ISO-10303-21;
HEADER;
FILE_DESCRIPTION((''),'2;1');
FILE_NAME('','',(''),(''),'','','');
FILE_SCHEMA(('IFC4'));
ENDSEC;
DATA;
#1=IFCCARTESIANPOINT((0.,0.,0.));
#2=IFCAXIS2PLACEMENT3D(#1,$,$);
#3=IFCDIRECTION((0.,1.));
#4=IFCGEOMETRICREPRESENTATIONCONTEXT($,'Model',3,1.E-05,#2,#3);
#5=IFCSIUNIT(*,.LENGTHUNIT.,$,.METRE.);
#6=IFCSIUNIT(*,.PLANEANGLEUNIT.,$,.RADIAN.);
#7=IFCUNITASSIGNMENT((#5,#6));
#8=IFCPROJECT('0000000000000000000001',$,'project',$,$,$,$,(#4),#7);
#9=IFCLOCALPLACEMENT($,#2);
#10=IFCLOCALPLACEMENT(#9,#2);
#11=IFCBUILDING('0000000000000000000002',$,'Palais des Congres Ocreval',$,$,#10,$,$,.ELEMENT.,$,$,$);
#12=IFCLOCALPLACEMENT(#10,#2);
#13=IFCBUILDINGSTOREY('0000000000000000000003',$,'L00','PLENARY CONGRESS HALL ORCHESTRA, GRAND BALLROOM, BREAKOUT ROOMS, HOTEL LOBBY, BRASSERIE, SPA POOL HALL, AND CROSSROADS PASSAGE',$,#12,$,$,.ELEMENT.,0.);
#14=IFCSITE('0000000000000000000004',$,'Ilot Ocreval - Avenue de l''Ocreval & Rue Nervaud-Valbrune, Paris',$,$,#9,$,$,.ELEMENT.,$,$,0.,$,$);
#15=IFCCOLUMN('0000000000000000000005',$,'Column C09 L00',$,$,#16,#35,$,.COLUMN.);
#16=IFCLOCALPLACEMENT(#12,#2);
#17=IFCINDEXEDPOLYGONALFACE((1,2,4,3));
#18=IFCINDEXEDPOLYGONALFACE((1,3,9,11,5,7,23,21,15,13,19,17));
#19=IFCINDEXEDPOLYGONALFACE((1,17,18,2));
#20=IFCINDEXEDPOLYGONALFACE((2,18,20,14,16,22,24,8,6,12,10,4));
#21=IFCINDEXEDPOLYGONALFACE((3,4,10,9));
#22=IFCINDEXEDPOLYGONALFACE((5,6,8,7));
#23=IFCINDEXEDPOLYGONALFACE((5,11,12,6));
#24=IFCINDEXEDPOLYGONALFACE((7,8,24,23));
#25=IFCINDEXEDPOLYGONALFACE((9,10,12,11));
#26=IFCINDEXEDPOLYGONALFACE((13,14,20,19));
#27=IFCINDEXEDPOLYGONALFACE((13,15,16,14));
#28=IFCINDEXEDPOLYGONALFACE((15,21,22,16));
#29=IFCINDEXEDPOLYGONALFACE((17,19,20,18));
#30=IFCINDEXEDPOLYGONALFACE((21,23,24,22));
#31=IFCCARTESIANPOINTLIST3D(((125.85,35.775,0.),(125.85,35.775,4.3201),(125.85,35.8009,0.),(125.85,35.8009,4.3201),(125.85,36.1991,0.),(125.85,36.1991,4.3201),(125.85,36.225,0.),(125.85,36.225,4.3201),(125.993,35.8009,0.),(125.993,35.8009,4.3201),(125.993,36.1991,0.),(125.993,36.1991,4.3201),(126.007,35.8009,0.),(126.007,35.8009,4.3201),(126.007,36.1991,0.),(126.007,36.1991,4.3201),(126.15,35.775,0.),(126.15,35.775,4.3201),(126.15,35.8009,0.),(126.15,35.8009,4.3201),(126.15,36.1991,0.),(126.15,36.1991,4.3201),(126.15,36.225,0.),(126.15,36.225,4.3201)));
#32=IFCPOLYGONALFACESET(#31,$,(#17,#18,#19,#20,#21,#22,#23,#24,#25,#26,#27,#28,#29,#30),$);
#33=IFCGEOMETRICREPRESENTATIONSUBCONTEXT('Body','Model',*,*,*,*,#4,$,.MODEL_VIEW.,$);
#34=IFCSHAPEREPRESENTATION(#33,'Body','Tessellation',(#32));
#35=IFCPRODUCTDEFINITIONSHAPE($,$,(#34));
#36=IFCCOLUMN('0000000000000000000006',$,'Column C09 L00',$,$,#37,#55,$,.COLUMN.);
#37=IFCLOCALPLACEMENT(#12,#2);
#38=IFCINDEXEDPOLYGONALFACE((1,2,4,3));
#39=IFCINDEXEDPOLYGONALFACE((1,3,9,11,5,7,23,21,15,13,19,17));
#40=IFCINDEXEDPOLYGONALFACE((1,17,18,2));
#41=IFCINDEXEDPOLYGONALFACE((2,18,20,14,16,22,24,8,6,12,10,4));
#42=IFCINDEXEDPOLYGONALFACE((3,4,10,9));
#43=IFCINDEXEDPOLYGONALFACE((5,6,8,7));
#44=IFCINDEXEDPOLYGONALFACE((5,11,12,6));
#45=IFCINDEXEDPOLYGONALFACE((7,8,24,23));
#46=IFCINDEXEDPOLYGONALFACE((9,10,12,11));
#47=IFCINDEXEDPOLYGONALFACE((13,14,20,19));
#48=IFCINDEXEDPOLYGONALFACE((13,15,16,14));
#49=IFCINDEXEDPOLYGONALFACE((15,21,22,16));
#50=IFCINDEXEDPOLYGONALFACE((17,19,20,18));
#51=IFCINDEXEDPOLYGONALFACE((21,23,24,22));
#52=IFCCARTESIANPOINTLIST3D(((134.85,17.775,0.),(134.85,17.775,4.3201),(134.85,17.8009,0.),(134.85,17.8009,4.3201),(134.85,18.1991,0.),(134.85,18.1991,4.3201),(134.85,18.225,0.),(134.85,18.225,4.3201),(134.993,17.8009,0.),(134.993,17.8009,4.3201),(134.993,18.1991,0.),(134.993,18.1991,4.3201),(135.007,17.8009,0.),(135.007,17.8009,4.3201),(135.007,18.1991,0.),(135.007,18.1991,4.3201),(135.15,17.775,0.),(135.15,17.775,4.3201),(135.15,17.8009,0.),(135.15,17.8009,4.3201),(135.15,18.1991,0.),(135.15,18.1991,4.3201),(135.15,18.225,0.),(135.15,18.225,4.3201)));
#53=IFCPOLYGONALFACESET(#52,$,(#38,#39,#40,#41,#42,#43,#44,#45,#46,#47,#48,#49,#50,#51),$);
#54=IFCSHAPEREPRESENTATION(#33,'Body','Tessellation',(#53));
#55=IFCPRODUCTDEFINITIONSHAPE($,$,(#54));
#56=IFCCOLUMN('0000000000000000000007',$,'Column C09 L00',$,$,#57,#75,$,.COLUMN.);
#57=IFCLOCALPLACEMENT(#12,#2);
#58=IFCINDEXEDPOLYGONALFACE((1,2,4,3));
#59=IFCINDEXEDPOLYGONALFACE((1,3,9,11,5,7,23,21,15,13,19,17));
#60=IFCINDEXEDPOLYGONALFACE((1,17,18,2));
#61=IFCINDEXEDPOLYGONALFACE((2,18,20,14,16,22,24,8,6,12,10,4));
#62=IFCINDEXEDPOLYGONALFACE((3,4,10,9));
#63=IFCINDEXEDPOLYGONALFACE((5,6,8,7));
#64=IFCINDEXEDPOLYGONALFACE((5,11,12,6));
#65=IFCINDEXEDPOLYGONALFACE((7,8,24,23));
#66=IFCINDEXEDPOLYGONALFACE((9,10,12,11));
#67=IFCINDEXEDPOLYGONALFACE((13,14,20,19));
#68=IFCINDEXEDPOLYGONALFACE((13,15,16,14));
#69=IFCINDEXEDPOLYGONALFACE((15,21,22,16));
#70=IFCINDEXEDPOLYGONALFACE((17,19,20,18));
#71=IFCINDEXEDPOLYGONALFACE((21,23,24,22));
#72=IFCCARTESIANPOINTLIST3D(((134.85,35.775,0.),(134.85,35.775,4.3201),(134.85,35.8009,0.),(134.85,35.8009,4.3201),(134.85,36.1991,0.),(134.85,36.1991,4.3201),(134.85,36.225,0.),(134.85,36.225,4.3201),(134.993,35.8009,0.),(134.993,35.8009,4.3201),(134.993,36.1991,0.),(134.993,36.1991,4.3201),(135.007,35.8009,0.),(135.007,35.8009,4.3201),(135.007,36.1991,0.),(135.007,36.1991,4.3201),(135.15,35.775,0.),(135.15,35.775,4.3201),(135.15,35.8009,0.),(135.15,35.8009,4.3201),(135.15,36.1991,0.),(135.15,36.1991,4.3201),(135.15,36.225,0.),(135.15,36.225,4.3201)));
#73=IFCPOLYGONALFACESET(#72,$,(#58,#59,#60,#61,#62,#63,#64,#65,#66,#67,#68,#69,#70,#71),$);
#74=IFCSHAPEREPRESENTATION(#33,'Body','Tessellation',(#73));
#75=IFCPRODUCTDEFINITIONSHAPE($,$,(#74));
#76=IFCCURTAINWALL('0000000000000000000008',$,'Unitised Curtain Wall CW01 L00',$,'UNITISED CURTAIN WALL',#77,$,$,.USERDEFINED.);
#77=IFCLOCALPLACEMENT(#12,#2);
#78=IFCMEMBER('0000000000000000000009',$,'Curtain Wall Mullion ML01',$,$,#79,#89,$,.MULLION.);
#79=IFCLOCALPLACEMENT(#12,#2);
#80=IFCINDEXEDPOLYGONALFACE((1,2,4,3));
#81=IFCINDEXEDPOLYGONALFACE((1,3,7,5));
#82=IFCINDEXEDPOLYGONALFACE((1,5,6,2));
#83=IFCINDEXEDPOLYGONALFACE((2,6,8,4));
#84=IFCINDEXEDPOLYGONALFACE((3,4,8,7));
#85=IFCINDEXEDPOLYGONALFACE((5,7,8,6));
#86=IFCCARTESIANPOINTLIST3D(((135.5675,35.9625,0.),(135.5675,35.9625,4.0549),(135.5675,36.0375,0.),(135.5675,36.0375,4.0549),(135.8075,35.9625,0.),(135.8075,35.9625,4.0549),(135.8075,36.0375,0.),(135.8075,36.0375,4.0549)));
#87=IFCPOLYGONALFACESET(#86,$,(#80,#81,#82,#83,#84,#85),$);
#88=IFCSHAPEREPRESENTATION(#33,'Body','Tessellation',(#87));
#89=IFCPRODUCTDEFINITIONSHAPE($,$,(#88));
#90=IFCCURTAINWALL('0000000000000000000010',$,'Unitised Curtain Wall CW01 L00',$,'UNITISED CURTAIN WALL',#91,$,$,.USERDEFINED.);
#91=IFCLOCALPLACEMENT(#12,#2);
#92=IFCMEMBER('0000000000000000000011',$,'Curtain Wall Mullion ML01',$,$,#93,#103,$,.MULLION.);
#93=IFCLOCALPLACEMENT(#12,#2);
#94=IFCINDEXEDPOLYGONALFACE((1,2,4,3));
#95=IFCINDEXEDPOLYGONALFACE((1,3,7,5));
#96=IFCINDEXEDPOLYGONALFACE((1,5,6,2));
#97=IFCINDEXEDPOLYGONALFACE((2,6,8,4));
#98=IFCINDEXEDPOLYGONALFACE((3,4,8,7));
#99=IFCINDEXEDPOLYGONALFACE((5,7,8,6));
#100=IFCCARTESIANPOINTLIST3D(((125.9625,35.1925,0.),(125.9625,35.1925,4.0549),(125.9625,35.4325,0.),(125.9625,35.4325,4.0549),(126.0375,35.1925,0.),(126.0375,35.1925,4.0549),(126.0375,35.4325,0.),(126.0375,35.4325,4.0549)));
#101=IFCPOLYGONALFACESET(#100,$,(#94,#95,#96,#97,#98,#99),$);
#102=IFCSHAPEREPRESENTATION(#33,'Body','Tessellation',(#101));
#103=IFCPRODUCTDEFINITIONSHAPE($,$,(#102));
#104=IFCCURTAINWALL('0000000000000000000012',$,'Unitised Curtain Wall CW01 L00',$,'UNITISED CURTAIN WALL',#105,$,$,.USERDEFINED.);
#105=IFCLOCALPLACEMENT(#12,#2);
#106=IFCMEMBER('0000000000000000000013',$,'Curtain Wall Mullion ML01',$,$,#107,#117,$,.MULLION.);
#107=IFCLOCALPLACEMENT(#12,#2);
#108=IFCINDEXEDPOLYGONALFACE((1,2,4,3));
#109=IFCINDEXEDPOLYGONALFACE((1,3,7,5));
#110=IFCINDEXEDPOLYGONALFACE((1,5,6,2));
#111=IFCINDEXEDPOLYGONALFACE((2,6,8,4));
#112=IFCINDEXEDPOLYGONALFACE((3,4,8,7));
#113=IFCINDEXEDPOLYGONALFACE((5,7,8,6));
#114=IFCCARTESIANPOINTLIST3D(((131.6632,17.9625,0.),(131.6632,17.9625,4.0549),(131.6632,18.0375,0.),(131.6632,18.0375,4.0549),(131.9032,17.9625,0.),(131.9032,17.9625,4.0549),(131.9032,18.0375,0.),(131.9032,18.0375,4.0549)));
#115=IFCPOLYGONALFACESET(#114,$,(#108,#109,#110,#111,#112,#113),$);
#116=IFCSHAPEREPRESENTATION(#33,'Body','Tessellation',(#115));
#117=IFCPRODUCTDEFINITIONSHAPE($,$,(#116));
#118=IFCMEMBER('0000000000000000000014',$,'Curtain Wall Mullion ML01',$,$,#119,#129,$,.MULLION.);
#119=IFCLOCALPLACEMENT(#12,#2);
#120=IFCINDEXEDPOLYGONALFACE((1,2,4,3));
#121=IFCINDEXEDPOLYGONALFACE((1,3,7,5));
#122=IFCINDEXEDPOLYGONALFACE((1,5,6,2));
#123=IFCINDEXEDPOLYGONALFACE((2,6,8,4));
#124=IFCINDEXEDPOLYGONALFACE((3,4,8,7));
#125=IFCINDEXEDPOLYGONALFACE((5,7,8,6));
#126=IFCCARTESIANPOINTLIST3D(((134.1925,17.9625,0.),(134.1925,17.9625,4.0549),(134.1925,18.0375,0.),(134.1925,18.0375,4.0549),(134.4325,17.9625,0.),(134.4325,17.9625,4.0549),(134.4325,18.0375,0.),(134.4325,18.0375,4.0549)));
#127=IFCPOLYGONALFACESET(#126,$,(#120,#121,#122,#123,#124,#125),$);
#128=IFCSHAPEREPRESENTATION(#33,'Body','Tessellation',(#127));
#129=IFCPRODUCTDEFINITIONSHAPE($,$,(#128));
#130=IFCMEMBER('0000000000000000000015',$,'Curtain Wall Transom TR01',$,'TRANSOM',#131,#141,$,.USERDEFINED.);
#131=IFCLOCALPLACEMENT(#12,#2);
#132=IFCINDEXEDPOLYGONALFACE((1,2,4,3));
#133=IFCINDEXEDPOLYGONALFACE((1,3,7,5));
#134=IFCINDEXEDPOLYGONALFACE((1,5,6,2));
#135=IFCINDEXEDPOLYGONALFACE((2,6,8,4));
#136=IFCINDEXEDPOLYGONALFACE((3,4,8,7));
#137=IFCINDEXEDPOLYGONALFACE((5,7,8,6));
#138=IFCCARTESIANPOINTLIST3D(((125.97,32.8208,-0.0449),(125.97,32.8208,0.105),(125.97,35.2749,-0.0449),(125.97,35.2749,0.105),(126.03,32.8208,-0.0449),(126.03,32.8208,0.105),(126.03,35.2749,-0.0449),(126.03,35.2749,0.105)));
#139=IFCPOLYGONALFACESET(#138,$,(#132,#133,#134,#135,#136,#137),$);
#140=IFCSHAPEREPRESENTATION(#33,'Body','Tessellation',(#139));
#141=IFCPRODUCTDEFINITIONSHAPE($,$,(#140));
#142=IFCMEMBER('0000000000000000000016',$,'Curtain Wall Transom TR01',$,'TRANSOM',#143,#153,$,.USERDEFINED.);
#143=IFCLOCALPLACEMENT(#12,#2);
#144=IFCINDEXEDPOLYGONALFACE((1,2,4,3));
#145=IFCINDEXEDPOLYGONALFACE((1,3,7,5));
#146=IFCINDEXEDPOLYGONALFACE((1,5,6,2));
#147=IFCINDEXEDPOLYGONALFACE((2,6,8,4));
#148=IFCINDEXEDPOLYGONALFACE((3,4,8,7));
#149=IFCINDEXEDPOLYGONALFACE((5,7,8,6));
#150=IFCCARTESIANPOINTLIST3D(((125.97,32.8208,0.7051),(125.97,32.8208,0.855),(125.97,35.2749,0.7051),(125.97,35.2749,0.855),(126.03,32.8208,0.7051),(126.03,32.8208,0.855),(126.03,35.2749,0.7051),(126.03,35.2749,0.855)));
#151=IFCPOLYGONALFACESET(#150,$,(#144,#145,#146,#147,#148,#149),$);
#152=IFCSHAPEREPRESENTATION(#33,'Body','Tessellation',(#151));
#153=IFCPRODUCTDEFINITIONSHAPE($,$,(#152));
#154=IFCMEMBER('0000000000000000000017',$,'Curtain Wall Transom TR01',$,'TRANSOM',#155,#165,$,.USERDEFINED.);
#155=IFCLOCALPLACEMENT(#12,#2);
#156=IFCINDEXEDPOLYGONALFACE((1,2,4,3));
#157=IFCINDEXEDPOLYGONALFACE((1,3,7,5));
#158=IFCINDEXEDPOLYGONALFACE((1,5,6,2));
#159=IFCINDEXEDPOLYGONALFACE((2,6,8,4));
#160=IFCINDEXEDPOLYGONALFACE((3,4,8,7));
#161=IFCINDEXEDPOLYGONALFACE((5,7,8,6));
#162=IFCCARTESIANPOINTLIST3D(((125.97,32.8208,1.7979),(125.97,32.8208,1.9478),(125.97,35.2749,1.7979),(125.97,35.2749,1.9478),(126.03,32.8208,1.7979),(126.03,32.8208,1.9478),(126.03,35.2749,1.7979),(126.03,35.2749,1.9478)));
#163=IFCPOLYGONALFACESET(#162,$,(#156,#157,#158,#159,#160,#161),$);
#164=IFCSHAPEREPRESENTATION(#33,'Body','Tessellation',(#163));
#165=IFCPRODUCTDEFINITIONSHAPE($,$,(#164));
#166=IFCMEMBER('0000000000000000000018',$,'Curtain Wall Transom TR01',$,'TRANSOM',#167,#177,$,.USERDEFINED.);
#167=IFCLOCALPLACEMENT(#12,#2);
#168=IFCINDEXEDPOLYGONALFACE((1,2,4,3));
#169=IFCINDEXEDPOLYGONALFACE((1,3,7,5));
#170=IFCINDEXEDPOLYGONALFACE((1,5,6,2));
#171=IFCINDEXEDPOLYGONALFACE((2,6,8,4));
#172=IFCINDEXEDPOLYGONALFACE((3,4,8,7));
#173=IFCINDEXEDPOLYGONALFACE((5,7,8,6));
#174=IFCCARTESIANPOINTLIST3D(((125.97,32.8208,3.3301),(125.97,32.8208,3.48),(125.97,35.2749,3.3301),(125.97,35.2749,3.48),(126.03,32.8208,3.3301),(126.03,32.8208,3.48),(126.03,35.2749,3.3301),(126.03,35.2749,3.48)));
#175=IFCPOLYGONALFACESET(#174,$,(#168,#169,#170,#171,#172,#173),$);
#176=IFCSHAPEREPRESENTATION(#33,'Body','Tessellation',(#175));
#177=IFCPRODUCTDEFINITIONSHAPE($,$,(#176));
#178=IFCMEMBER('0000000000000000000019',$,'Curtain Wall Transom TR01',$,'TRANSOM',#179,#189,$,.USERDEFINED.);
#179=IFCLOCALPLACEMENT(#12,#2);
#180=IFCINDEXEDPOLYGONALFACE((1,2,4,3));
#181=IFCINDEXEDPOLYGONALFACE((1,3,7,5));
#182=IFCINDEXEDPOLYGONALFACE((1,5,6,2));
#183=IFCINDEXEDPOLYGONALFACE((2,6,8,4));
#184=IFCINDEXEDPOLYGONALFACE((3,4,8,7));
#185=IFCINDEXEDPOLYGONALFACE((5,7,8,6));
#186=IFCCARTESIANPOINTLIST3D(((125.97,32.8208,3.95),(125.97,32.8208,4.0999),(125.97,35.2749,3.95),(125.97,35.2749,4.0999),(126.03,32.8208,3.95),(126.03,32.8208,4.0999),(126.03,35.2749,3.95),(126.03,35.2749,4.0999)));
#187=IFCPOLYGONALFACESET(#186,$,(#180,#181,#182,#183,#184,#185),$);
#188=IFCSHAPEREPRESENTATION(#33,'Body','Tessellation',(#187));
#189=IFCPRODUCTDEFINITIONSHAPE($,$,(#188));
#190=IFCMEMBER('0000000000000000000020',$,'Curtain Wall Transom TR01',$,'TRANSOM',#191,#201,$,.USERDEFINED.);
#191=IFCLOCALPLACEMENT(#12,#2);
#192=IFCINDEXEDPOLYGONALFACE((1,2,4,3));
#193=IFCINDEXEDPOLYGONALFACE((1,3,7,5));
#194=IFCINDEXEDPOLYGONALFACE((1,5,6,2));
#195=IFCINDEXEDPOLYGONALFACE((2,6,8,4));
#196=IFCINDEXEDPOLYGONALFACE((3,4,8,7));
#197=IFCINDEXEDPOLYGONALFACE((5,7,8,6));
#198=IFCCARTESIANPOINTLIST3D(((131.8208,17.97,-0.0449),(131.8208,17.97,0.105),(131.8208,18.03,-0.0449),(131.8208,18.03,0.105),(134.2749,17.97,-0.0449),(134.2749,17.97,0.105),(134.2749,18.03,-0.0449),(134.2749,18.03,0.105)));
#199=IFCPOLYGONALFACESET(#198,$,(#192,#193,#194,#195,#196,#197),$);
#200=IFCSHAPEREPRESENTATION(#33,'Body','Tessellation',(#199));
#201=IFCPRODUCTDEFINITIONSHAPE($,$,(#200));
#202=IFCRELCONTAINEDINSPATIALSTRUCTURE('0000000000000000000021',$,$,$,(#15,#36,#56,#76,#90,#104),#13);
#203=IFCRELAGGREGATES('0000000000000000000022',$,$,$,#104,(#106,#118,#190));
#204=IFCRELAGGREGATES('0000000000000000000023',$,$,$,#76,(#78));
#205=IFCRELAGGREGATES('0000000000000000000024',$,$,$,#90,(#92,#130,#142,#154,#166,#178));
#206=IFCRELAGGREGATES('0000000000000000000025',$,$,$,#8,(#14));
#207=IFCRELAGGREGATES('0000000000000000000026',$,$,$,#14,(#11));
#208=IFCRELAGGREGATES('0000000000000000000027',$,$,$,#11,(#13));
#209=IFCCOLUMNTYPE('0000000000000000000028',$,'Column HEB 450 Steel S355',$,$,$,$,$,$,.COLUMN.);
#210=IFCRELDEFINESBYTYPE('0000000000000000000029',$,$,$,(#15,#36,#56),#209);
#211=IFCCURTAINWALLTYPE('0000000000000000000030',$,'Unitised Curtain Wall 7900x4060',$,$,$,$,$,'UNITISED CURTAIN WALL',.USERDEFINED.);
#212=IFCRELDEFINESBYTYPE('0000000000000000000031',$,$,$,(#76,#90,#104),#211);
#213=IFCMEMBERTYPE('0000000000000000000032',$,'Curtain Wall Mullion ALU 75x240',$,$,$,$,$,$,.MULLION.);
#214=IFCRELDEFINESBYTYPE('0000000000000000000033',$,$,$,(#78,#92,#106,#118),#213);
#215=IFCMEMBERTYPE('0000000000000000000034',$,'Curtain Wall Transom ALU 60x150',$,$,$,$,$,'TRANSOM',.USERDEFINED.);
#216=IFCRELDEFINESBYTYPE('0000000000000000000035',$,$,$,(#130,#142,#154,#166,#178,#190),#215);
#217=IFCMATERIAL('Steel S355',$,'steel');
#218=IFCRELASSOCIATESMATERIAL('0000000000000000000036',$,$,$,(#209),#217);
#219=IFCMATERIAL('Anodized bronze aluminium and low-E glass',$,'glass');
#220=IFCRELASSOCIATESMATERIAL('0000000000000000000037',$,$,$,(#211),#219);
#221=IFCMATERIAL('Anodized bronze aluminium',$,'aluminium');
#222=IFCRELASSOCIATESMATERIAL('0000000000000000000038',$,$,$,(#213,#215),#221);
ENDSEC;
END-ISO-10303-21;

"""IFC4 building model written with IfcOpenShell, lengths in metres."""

from ifc_helpers import new_model, si_unit, direction, frame, origin, origin_2d, place, context, subcontext, project, spatial, rectangle, i_section, extrude, material, material_profile, profile_set, type_object, element, aggregate, save


model = new_model("IFC4")

# Units and contexts
model_context = context("Model", 3, precision=1e-05, world=origin(), true_north=direction((0.0, 1.0)))
body_context = subcontext(model_context, "Body", "Model", "MODEL_VIEW")
ifc_project = project(units=[si_unit("LENGTHUNIT", "METRE"), si_unit("PLANEANGLEUNIT", "RADIAN")], contexts=[model_context])

# Site, building, storey
site_placement = place(None, origin())
site = spatial("IfcSite", under=ifc_project, at=site_placement, Name="Ilot Ocreval - Avenue de l'Ocreval & Rue Nervaud-Valbrune, Paris", CompositionType="ELEMENT", RefElevation=0.0)
building_placement = place(site_placement, origin())
building = spatial("IfcBuilding", under=site, at=building_placement, Name="Palais des Congres Ocreval", CompositionType="ELEMENT")
storey_placement = place(building_placement, origin())
storey = spatial("IfcBuildingStorey", under=building, at=storey_placement, Name="L00", Description="PLENARY CONGRESS HALL ORCHESTRA, GRAND BALLROOM, BREAKOUT ROOMS, HOTEL LOBBY, BRASSERIE, SPA POOL HALL, AND CROSSROADS PASSAGE", CompositionType="ELEMENT", Elevation=0.0)

# Columns
ifc_material_1 = material(Name="Steel S355", Category="steel")
ifc_material_profile_1 = material_profile(ifc_material_1, i_section(OverallWidth=0.3, OverallDepth=0.45, WebThickness=0.0139, FlangeThickness=0.0259, at=origin_2d()), Name="HEB 450")
ifc_profile_set_1 = profile_set([ifc_material_profile_1], Name="Steel S355")
column_type = type_object("IfcColumnType", Name="Column HEB 450 Steel S355", PredefinedType="COLUMN", material=ifc_profile_set_1)
for number, where, z_axis, x_axis, name in (
    (1, (126.0, 36.0, 0.0), (0.0, 0.0, 1.0), (1.0, 0.0, 0.0), "Column C09 L00"),
    (2, (135.0, 18.0, 0.0), (0.0, 0.0, 1.0), (1.0, 0.0, 0.0), "Column C09 L00"),
    (3, (135.0, 36.0, 0.0), (0.0, 0.0, 1.0), (1.0, 0.0, 0.0), "Column C09 L00"),
):
    element("IfcColumn", number, at=place(storey_placement, frame(where, z_axis=z_axis, x_axis=x_axis)), inside=storey, type_object=column_type, Name=name, PredefinedType="COLUMN", context=body_context, shape_type="SweptSolid", body=[
        extrude(i_section(OverallWidth=0.3, OverallDepth=0.45, WebThickness=0.0139, FlangeThickness=0.0259, at=origin_2d()), origin(), (0.0, 0.0, 1.0), 4.3201),
    ])

# Curtain walls, members
ifc_material_2 = material(Name="Anodized bronze aluminium and low-E glass", Category="glass")
curtain_wall_type = type_object("IfcCurtainWallType", Name="Unitised Curtain Wall 7900x4060", ElementType="UNITISED CURTAIN WALL", PredefinedType="USERDEFINED", material=ifc_material_2)
curtain_wall_1_placement = place(storey_placement, origin())
curtain_wall_1 = element("IfcCurtainWall", 4, at=curtain_wall_1_placement, inside=storey, type_object=curtain_wall_type, Name="Unitised Curtain Wall CW01 L00", ObjectType="UNITISED CURTAIN WALL", PredefinedType="USERDEFINED")
ifc_material_3 = material(Name="Anodized bronze aluminium", Category="aluminium")
ifc_material_profile_2 = material_profile(ifc_material_3, rectangle(XDim=0.075, YDim=0.24, at=origin_2d()), Name="ALU 75x240")
ifc_profile_set_2 = profile_set([ifc_material_profile_2], Name="Anodized bronze aluminium")
member_type_1 = type_object("IfcMemberType", Name="Curtain Wall Mullion ALU 75x240", PredefinedType="MULLION", material=ifc_profile_set_2)
member_1_placement = place(storey_placement, frame((135.6875, 36.0, 0.0), z_axis=(0.0, 0.0, 1.0), x_axis=(0.0, -1.0, 0.0)))
member_1 = element("IfcMember", 5, at=member_1_placement, type_object=member_type_1, Name="Curtain Wall Mullion ML01", PredefinedType="MULLION", context=body_context, shape_type="SweptSolid", body=[
    extrude(rectangle(XDim=0.075, YDim=0.24, at=origin_2d()), origin(), (0.0, 0.0, 1.0), 4.0549),
])
curtain_wall_2_placement = place(storey_placement, origin())
curtain_wall_2 = element("IfcCurtainWall", 6, at=curtain_wall_2_placement, inside=storey, type_object=curtain_wall_type, Name="Unitised Curtain Wall CW01 L00", ObjectType="UNITISED CURTAIN WALL", PredefinedType="USERDEFINED")
member_2_placement = place(storey_placement, frame((126.0, 35.3125, 0.0), z_axis=(0.0, 0.0, 1.0), x_axis=(1.0, 0.0, 0.0)))
member_2 = element("IfcMember", 7, at=member_2_placement, type_object=member_type_1, Name="Curtain Wall Mullion ML01", PredefinedType="MULLION", context=body_context, shape_type="SweptSolid", body=[
    extrude(rectangle(XDim=0.075, YDim=0.24, at=origin_2d()), origin(), (0.0, 0.0, 1.0), 4.0549),
])

# Curtain wall, members
curtain_wall_3_placement = place(storey_placement, origin())
curtain_wall_3 = element("IfcCurtainWall", 8, at=curtain_wall_3_placement, inside=storey, type_object=curtain_wall_type, Name="Unitised Curtain Wall CW01 L00", ObjectType="UNITISED CURTAIN WALL", PredefinedType="USERDEFINED")
member_3_placement = place(storey_placement, frame((131.7832, 18.0, 0.0), z_axis=(0.0, 0.0, 1.0), x_axis=(0.0, 1.0, 0.0)))
member_3 = element("IfcMember", 9, at=member_3_placement, type_object=member_type_1, Name="Curtain Wall Mullion ML01", PredefinedType="MULLION", context=body_context, shape_type="SweptSolid", body=[
    extrude(rectangle(XDim=0.075, YDim=0.24, at=origin_2d()), origin(), (0.0, 0.0, 1.0), 4.0549),
])
member_4_placement = place(storey_placement, frame((134.3125, 18.0, 0.0), z_axis=(0.0, 0.0, 1.0), x_axis=(0.0, 1.0, 0.0)))
member_4 = element("IfcMember", 10, at=member_4_placement, type_object=member_type_1, Name="Curtain Wall Mullion ML01", PredefinedType="MULLION", context=body_context, shape_type="SweptSolid", body=[
    extrude(rectangle(XDim=0.075, YDim=0.24, at=origin_2d()), origin(), (0.0, 0.0, 1.0), 4.0549),
])

# Members
ifc_material_profile_3 = material_profile(ifc_material_3, rectangle(XDim=0.0601, YDim=0.1499, at=origin_2d()), Name="ALU 60x150")
ifc_profile_set_3 = profile_set([ifc_material_profile_3], Name="Anodized bronze aluminium")
member_type_2 = type_object("IfcMemberType", Name="Curtain Wall Transom ALU 60x150", ElementType="TRANSOM", PredefinedType="USERDEFINED", material=ifc_profile_set_3)
member_5_placement = place(storey_placement, frame((126.0, 35.2749, 0.03), z_axis=(0.0, -1.0, 0.0), x_axis=(1.0, 0.0, 0.0)))
member_5 = element("IfcMember", 11, at=member_5_placement, type_object=member_type_2, Name="Curtain Wall Transom TR01", ObjectType="TRANSOM", PredefinedType="USERDEFINED", context=body_context, shape_type="SweptSolid", body=[
    extrude(rectangle(XDim=0.0601, YDim=0.1499, at=origin_2d()), origin(), (0.0, 0.0, 1.0), 2.4541),
])
member_6_placement = place(storey_placement, frame((126.0, 35.2749, 0.78), z_axis=(0.0, -1.0, 0.0), x_axis=(1.0, 0.0, 0.0)))
member_6 = element("IfcMember", 12, at=member_6_placement, type_object=member_type_2, Name="Curtain Wall Transom TR01", ObjectType="TRANSOM", PredefinedType="USERDEFINED", context=body_context, shape_type="SweptSolid", body=[
    extrude(rectangle(XDim=0.0601, YDim=0.1499, at=origin_2d()), origin(), (0.0, 0.0, 1.0), 2.4541),
])
member_7_placement = place(storey_placement, frame((126.0, 35.2749, 1.8728), z_axis=(0.0, -1.0, 0.0), x_axis=(1.0, 0.0, 0.0)))
member_7 = element("IfcMember", 13, at=member_7_placement, type_object=member_type_2, Name="Curtain Wall Transom TR01", ObjectType="TRANSOM", PredefinedType="USERDEFINED", context=body_context, shape_type="SweptSolid", body=[
    extrude(rectangle(XDim=0.0601, YDim=0.1499, at=origin_2d()), origin(), (0.0, 0.0, 1.0), 2.4541),
])
member_8_placement = place(storey_placement, frame((126.0, 35.2749, 3.405), z_axis=(0.0, -1.0, 0.0), x_axis=(1.0, 0.0, 0.0)))
member_8 = element("IfcMember", 14, at=member_8_placement, type_object=member_type_2, Name="Curtain Wall Transom TR01", ObjectType="TRANSOM", PredefinedType="USERDEFINED", context=body_context, shape_type="SweptSolid", body=[
    extrude(rectangle(XDim=0.0601, YDim=0.1499, at=origin_2d()), origin(), (0.0, 0.0, 1.0), 2.4541),
])
member_9_placement = place(storey_placement, frame((126.0, 35.2749, 4.0249), z_axis=(0.0, -1.0, 0.0), x_axis=(1.0, 0.0, 0.0)))
member_9 = element("IfcMember", 15, at=member_9_placement, type_object=member_type_2, Name="Curtain Wall Transom TR01", ObjectType="TRANSOM", PredefinedType="USERDEFINED", context=body_context, shape_type="SweptSolid", body=[
    extrude(rectangle(XDim=0.0601, YDim=0.1499, at=origin_2d()), origin(), (0.0, 0.0, 1.0), 2.4541),
])
member_10_placement = place(storey_placement, frame((131.8208, 18.0, 0.03), z_axis=(1.0, 0.0, 0.0), x_axis=(0.0, 1.0, 0.0)))
member_10 = element("IfcMember", 16, at=member_10_placement, type_object=member_type_2, Name="Curtain Wall Transom TR01", ObjectType="TRANSOM", PredefinedType="USERDEFINED", context=body_context, shape_type="SweptSolid", body=[
    extrude(rectangle(XDim=0.0601, YDim=0.1499, at=origin_2d()), origin(), (0.0, 0.0, 1.0), 2.4541),
])

aggregate(curtain_wall_3, [member_3, member_4, member_10])
aggregate(curtain_wall_1, [member_1])
aggregate(curtain_wall_2, [member_2, member_5, member_6, member_7, member_8, member_9])

save(model, "model.ifc")
